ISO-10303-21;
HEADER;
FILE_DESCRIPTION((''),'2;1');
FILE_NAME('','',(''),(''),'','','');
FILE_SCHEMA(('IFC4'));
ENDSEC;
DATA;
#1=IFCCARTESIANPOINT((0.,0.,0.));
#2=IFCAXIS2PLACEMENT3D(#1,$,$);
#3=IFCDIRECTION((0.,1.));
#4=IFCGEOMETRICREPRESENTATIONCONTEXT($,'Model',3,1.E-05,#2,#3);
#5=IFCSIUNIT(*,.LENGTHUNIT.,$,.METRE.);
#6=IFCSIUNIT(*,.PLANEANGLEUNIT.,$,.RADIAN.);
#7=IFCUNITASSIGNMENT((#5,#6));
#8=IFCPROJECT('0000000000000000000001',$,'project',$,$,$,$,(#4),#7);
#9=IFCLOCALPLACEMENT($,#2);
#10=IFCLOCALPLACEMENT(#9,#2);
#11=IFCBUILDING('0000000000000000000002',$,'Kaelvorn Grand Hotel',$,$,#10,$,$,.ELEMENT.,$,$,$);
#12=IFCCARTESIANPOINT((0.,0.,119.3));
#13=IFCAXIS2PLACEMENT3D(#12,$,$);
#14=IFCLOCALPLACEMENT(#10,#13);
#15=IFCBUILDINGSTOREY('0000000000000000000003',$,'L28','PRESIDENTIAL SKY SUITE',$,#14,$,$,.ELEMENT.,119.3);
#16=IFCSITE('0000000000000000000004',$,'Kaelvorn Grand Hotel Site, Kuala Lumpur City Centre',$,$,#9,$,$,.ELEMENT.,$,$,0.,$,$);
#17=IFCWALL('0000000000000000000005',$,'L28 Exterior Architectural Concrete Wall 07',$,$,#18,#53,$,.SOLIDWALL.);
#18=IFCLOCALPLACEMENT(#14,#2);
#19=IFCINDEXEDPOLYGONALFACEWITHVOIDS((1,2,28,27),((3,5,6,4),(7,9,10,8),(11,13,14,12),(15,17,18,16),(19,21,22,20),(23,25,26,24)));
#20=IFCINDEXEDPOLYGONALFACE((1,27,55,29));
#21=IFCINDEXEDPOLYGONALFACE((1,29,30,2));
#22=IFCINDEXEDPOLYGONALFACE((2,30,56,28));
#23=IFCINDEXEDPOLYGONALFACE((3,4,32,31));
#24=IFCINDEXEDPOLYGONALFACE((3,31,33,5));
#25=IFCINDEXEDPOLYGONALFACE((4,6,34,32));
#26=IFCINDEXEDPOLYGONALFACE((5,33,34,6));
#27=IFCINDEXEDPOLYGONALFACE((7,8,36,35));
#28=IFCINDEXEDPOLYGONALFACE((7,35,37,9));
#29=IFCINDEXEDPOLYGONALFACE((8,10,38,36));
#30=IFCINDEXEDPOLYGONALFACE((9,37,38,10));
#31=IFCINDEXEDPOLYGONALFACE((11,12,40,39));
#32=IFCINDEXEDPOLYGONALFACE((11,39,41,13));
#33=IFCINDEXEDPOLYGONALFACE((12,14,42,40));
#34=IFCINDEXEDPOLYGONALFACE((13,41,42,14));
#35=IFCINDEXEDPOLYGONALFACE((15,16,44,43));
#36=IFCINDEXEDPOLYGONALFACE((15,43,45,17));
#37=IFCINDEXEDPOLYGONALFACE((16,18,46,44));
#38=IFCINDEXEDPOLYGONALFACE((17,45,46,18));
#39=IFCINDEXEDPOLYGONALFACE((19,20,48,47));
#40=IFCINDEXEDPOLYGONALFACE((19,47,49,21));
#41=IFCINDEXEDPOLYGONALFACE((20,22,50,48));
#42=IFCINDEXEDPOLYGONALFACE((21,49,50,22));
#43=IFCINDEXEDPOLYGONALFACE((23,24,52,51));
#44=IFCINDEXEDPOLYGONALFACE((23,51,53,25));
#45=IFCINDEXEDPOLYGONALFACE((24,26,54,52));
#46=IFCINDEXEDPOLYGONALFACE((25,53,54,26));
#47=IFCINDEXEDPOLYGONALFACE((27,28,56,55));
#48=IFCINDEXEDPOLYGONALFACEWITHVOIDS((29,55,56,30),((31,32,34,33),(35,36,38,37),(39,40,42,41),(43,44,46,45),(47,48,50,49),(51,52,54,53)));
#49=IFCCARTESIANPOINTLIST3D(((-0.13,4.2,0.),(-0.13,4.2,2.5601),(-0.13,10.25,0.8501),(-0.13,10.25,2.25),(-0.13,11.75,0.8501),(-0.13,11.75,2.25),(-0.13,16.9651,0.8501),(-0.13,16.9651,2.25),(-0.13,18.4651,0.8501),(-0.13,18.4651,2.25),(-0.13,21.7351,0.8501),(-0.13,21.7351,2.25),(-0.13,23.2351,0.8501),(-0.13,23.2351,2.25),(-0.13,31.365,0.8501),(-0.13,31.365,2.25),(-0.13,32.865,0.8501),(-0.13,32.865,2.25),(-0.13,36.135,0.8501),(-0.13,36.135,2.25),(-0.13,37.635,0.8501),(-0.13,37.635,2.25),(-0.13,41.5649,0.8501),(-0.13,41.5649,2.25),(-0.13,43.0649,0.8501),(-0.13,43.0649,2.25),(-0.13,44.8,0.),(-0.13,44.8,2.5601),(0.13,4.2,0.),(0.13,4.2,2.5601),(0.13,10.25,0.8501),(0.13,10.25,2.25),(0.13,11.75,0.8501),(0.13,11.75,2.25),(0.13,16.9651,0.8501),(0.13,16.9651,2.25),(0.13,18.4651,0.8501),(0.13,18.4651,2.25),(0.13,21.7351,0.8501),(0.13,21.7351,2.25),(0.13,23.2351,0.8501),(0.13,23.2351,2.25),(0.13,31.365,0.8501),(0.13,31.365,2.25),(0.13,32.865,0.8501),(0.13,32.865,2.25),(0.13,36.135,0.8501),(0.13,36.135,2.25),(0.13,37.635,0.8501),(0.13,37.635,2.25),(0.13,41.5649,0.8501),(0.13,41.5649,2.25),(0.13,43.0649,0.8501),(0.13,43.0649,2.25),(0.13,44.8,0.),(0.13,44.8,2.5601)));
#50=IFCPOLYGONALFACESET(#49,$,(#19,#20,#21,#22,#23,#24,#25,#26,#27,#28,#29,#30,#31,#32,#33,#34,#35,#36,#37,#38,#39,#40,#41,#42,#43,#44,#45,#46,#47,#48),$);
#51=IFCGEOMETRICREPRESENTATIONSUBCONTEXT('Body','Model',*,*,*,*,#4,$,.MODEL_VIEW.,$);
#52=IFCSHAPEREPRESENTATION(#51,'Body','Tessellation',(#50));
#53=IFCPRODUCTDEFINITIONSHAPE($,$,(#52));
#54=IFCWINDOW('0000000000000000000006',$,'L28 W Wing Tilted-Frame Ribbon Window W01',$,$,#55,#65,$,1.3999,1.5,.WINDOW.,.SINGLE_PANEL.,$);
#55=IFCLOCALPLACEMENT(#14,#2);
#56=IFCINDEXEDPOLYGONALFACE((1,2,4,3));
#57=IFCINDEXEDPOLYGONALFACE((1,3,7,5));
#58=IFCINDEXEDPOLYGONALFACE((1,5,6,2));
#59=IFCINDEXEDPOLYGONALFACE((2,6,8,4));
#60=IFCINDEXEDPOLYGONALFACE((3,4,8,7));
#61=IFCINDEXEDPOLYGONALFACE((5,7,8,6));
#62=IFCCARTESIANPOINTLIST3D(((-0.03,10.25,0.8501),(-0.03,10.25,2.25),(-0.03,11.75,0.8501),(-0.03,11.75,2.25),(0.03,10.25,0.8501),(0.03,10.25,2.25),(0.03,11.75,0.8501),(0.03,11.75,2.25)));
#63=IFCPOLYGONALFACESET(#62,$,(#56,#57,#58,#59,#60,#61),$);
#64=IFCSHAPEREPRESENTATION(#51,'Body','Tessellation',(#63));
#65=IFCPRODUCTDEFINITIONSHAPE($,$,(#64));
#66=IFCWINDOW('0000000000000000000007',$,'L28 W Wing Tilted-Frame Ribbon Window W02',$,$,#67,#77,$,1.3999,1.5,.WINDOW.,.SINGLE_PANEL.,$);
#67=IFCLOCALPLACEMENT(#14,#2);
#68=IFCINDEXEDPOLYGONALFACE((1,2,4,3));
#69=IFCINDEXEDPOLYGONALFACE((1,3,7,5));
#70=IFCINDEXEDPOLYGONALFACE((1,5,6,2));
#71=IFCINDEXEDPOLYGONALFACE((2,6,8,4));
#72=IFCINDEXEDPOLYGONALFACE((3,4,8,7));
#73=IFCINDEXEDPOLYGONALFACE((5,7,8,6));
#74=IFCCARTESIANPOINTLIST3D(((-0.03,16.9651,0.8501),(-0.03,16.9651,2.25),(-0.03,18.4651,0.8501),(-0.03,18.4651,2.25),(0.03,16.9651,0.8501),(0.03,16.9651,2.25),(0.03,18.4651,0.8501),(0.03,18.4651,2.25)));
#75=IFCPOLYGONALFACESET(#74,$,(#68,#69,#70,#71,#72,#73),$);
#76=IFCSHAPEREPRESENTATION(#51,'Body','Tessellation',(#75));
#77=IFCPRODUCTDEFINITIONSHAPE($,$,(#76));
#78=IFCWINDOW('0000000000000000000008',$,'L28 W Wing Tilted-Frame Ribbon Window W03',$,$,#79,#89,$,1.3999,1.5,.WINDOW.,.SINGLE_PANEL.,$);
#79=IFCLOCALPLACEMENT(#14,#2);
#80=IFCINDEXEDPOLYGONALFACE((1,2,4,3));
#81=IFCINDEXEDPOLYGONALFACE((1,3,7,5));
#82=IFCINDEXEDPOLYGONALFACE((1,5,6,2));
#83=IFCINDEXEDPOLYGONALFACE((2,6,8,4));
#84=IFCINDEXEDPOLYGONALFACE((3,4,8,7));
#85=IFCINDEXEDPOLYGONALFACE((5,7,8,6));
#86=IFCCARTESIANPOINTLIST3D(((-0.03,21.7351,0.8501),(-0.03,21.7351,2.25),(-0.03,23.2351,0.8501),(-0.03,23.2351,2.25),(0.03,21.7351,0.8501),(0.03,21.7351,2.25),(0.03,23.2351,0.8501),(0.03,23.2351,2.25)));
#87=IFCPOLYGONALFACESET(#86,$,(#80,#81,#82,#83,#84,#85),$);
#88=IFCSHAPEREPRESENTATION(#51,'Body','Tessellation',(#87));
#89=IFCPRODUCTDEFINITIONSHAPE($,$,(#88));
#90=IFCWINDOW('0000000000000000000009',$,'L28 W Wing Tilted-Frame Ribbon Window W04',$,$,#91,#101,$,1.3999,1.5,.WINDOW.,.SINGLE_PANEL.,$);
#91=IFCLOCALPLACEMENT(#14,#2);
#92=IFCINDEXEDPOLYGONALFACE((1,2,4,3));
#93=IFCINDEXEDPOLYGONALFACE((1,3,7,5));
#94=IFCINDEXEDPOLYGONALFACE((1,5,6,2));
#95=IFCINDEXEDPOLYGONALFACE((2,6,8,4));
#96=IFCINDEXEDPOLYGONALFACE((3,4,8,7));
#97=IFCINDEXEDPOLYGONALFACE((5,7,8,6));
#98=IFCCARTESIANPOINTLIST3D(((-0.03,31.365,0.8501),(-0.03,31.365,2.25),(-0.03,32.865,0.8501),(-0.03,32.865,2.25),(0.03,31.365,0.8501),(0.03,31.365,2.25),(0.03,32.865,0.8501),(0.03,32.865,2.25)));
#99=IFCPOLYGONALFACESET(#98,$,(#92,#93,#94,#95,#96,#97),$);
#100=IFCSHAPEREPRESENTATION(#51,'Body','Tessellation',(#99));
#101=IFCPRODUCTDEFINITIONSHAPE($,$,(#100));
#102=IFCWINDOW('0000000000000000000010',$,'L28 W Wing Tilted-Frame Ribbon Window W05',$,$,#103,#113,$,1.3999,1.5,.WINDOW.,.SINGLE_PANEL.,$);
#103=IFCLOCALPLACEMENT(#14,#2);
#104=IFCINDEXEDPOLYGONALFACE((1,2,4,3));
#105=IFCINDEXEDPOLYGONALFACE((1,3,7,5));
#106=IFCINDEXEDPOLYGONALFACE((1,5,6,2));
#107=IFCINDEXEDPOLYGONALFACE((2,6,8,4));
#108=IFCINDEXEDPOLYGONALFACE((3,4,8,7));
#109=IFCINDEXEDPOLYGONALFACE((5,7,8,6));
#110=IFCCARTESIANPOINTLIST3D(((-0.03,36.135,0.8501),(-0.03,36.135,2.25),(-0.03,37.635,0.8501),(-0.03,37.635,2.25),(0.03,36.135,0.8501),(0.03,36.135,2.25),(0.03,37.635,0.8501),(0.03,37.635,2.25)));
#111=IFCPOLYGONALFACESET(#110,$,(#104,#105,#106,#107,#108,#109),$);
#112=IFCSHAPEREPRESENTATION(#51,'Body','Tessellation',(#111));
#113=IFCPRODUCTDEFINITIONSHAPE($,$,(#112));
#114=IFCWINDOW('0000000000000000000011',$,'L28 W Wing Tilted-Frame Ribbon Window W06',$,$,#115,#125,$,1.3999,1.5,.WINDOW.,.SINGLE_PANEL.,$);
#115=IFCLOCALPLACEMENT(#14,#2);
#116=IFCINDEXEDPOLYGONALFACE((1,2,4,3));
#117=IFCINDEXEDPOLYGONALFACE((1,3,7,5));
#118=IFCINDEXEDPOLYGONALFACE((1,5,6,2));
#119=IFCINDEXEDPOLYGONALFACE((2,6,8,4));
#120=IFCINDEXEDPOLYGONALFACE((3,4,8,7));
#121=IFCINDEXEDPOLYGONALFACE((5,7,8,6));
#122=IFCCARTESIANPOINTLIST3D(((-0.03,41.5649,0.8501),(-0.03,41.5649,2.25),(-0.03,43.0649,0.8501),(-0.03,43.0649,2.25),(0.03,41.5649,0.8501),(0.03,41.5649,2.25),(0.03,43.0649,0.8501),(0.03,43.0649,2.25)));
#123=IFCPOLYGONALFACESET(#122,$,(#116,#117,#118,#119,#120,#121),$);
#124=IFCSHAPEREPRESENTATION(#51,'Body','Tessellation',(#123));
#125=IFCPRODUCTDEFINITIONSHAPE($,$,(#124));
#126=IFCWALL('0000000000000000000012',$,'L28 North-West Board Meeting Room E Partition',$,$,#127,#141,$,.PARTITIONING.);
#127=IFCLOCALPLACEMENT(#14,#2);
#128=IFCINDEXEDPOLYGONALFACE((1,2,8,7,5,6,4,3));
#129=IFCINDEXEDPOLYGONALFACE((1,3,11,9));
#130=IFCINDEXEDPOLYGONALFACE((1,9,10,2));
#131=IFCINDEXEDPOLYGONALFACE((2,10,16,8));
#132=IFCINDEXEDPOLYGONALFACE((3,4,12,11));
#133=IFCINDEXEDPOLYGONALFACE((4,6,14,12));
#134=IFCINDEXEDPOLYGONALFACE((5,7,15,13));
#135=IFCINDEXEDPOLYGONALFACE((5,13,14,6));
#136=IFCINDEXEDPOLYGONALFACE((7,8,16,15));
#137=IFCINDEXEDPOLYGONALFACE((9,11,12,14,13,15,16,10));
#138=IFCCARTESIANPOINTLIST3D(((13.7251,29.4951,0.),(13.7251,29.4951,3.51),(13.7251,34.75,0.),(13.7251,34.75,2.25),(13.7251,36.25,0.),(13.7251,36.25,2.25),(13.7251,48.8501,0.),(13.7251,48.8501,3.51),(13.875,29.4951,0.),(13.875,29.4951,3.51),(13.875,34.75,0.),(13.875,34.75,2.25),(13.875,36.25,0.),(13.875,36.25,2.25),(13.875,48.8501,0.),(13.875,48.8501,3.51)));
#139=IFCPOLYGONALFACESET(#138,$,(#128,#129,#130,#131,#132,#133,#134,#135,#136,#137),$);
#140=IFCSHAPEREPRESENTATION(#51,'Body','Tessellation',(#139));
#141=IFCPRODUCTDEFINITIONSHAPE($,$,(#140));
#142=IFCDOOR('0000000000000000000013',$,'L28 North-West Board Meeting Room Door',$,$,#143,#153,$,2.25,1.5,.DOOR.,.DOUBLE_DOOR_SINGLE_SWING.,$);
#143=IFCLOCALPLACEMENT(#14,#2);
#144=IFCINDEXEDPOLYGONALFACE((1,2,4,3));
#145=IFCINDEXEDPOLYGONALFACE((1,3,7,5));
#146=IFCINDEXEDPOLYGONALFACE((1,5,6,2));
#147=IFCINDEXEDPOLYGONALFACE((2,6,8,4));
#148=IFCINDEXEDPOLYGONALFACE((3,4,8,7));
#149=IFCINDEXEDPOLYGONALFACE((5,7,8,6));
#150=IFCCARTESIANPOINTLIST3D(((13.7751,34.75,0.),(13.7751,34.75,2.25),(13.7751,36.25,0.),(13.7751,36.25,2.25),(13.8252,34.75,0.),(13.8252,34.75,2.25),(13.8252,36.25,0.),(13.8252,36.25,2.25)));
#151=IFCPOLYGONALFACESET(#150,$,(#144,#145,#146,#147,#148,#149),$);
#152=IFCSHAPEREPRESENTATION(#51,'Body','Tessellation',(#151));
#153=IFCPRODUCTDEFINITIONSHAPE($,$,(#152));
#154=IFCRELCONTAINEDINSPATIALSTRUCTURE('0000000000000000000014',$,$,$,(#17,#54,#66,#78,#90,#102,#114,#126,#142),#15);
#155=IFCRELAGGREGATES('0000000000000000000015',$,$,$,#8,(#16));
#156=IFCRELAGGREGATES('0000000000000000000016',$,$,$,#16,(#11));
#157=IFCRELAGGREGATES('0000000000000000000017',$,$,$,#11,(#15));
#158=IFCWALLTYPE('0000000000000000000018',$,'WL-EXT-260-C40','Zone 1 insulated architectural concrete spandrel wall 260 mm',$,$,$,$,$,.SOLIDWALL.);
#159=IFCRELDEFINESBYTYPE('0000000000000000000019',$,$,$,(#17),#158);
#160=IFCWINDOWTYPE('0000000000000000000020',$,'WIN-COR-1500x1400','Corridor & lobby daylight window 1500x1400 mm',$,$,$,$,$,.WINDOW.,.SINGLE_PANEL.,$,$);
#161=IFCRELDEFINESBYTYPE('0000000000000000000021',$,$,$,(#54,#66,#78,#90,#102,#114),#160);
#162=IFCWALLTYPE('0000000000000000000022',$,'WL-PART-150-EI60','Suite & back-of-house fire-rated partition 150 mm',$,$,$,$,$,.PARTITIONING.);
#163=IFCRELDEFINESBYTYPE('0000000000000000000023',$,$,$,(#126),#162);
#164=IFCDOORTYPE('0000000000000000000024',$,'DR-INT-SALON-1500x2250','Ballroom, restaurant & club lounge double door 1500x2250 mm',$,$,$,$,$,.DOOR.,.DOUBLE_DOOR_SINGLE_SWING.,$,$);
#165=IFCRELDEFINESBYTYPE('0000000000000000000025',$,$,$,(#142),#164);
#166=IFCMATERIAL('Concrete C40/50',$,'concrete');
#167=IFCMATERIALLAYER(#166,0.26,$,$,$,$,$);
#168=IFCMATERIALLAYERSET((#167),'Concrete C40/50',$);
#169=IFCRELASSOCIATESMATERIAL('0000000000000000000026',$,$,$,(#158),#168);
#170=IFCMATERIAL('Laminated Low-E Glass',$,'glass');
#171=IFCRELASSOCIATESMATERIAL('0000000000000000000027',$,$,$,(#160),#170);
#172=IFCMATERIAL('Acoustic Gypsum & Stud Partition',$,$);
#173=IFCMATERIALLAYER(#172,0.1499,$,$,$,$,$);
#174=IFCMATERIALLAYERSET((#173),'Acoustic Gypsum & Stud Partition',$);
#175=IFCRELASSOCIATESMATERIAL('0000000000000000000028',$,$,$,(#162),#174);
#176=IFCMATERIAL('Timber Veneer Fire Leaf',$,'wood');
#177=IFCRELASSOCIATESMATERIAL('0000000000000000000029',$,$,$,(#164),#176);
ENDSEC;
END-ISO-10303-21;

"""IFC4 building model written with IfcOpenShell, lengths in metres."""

from ifc_helpers import new_model, si_unit, direction, frame, frame_2d, origin, place, context, subcontext, project, spatial, rectangle, extrude, material, layer, layer_set, type_object, element, fill, save


model = new_model("IFC4")

# Units and contexts
model_context = context("Model", 3, precision=1e-05, world=origin(), true_north=direction((0.0, 1.0)))
body_context = subcontext(model_context, "Body", "Model", "MODEL_VIEW")
ifc_project = project(units=[si_unit("LENGTHUNIT", "METRE"), si_unit("PLANEANGLEUNIT", "RADIAN")], contexts=[model_context])

# Site, building, storey
site_placement = place(None, origin())
site = spatial("IfcSite", under=ifc_project, at=site_placement, Name="Kaelvorn Grand Hotel Site, Kuala Lumpur City Centre", CompositionType="ELEMENT", RefElevation=0.0)
building_placement = place(site_placement, origin())
building = spatial("IfcBuilding", under=site, at=building_placement, Name="Kaelvorn Grand Hotel", CompositionType="ELEMENT")
storey_placement = place(building_placement, frame((0.0, 0.0, 119.3)))
storey = spatial("IfcBuildingStorey", under=building, at=storey_placement, Name="L28", Description="PRESIDENTIAL SKY SUITE", CompositionType="ELEMENT", Elevation=119.3)

# Shared definitions
ifc_material_1 = material(Name="Concrete C40/50", Category="concrete")
ifc_layer_1 = layer(ifc_material_1, 0.26)
ifc_layer_set_1 = layer_set([ifc_layer_1], Name="Concrete C40/50")
wall_type_1 = type_object("IfcWallType", Name="WL-EXT-260-C40", Description="Zone 1 insulated architectural concrete spandrel wall 260 mm", PredefinedType="SOLIDWALL", material=ifc_layer_set_1)

# Wall, openings, windows
wall_1_placement = place(storey_placement, frame((0.0, 44.8, 0.0), z_axis=(0.0, 0.0, 1.0), x_axis=(0.0, -1.0, 0.0)))
wall_1 = element("IfcWall", 1, at=wall_1_placement, inside=storey, type_object=wall_type_1, Name="L28 Exterior Architectural Concrete Wall 07", PredefinedType="SOLIDWALL", context=body_context, shape_type="SweptSolid", body=[
    extrude(rectangle(XDim=40.6001, YDim=0.26, at=frame_2d((20.3, 0.0))), origin(), (0.0, 0.0, 1.0), 2.5601),
])
opening_1_placement = place(wall_1_placement, frame((33.05, 0.0, 0.8501)))
opening_1 = element("IfcOpeningElement", 2, at=opening_1_placement, cuts=wall_1, PredefinedType="OPENING", context=body_context, shape_type="SweptSolid", body=[
    extrude(rectangle(XDim=1.5, YDim=1.3999, at=frame_2d((0.75, 0.7))), frame((0.0, 0.1401, 0.0), z_axis=(0.0, -1.0, 0.0), x_axis=(1.0, 0.0, 0.0)), (0.0, 0.0, 1.0), 0.28),
])
opening_2_placement = place(wall_1_placement, frame((26.335, 0.0, 0.8501)))
opening_2 = element("IfcOpeningElement", 3, at=opening_2_placement, cuts=wall_1, PredefinedType="OPENING", context=body_context, shape_type="SweptSolid", body=[
    extrude(rectangle(XDim=1.5, YDim=1.3999, at=frame_2d((0.75, 0.7))), frame((0.0, 0.1401, 0.0), z_axis=(0.0, -1.0, 0.0), x_axis=(1.0, 0.0, 0.0)), (0.0, 0.0, 1.0), 0.28),
])
opening_3_placement = place(wall_1_placement, frame((21.5649, 0.0, 0.8501)))
opening_3 = element("IfcOpeningElement", 4, at=opening_3_placement, cuts=wall_1, PredefinedType="OPENING", context=body_context, shape_type="SweptSolid", body=[
    extrude(rectangle(XDim=1.5, YDim=1.3999, at=frame_2d((0.75, 0.7))), frame((0.0, 0.1401, 0.0), z_axis=(0.0, -1.0, 0.0), x_axis=(1.0, 0.0, 0.0)), (0.0, 0.0, 1.0), 0.28),
])
opening_4_placement = place(wall_1_placement, frame((11.9351, 0.0, 0.8501)))
opening_4 = element("IfcOpeningElement", 5, at=opening_4_placement, cuts=wall_1, PredefinedType="OPENING", context=body_context, shape_type="SweptSolid", body=[
    extrude(rectangle(XDim=1.5, YDim=1.3999, at=frame_2d((0.75, 0.7))), frame((0.0, 0.1401, 0.0), z_axis=(0.0, -1.0, 0.0), x_axis=(1.0, 0.0, 0.0)), (0.0, 0.0, 1.0), 0.28),
])
opening_5_placement = place(wall_1_placement, frame((7.165, 0.0, 0.8501)))
opening_5 = element("IfcOpeningElement", 6, at=opening_5_placement, cuts=wall_1, PredefinedType="OPENING", context=body_context, shape_type="SweptSolid", body=[
    extrude(rectangle(XDim=1.5, YDim=1.3999, at=frame_2d((0.75, 0.7))), frame((0.0, 0.1401, 0.0), z_axis=(0.0, -1.0, 0.0), x_axis=(1.0, 0.0, 0.0)), (0.0, 0.0, 1.0), 0.28),
])
opening_6_placement = place(wall_1_placement, frame((1.7351, 0.0, 0.8501)))
opening_6 = element("IfcOpeningElement", 7, at=opening_6_placement, cuts=wall_1, PredefinedType="OPENING", context=body_context, shape_type="SweptSolid", body=[
    extrude(rectangle(XDim=1.5, YDim=1.3999, at=frame_2d((0.75, 0.7))), frame((0.0, 0.1401, 0.0), z_axis=(0.0, -1.0, 0.0), x_axis=(1.0, 0.0, 0.0)), (0.0, 0.0, 1.0), 0.28),
])
ifc_material_2 = material(Name="Laminated Low-E Glass", Category="glass")
window_type = type_object("IfcWindowType", Name="WIN-COR-1500x1400", Description="Corridor & lobby daylight window 1500x1400 mm", PartitioningType="SINGLE_PANEL", PredefinedType="WINDOW", material=ifc_material_2)
window_1_placement = place(opening_1_placement, origin())
window_1 = element("IfcWindow", 8, at=window_1_placement, inside=storey, type_object=window_type, Name="L28 W Wing Tilted-Frame Ribbon Window W01", OverallHeight=1.3999, OverallWidth=1.5, PartitioningType="SINGLE_PANEL", PredefinedType="WINDOW", context=body_context, shape_type="SweptSolid", body=[
    extrude(rectangle(XDim=1.5, YDim=1.3999, at=frame_2d((0.75, 0.7))), frame((0.0, 0.03, 0.0), z_axis=(0.0, -1.0, 0.0), x_axis=(1.0, 0.0, 0.0)), (0.0, 0.0, 1.0), 0.0601),
])
fill(opening_1, window_1)
window_2_placement = place(opening_2_placement, origin())
window_2 = element("IfcWindow", 9, at=window_2_placement, inside=storey, type_object=window_type, Name="L28 W Wing Tilted-Frame Ribbon Window W02", OverallHeight=1.3999, OverallWidth=1.5, PartitioningType="SINGLE_PANEL", PredefinedType="WINDOW", context=body_context, shape_type="SweptSolid", body=[
    extrude(rectangle(XDim=1.5, YDim=1.3999, at=frame_2d((0.75, 0.7))), frame((0.0, 0.03, 0.0), z_axis=(0.0, -1.0, 0.0), x_axis=(1.0, 0.0, 0.0)), (0.0, 0.0, 1.0), 0.0601),
])
fill(opening_2, window_2)
window_3_placement = place(opening_3_placement, origin())
window_3 = element("IfcWindow", 10, at=window_3_placement, inside=storey, type_object=window_type, Name="L28 W Wing Tilted-Frame Ribbon Window W03", OverallHeight=1.3999, OverallWidth=1.5, PartitioningType="SINGLE_PANEL", PredefinedType="WINDOW", context=body_context, shape_type="SweptSolid", body=[
    extrude(rectangle(XDim=1.5, YDim=1.3999, at=frame_2d((0.75, 0.7))), frame((0.0, 0.03, 0.0), z_axis=(0.0, -1.0, 0.0), x_axis=(1.0, 0.0, 0.0)), (0.0, 0.0, 1.0), 0.0601),
])
fill(opening_3, window_3)
window_4_placement = place(opening_4_placement, origin())
window_4 = element("IfcWindow", 11, at=window_4_placement, inside=storey, type_object=window_type, Name="L28 W Wing Tilted-Frame Ribbon Window W04", OverallHeight=1.3999, OverallWidth=1.5, PartitioningType="SINGLE_PANEL", PredefinedType="WINDOW", context=body_context, shape_type="SweptSolid", body=[
    extrude(rectangle(XDim=1.5, YDim=1.3999, at=frame_2d((0.75, 0.7))), frame((0.0, 0.03, 0.0), z_axis=(0.0, -1.0, 0.0), x_axis=(1.0, 0.0, 0.0)), (0.0, 0.0, 1.0), 0.0601),
])
fill(opening_4, window_4)
window_5_placement = place(opening_5_placement, origin())
window_5 = element("IfcWindow", 12, at=window_5_placement, inside=storey, type_object=window_type, Name="L28 W Wing Tilted-Frame Ribbon Window W05", OverallHeight=1.3999, OverallWidth=1.5, PartitioningType="SINGLE_PANEL", PredefinedType="WINDOW", context=body_context, shape_type="SweptSolid", body=[
    extrude(rectangle(XDim=1.5, YDim=1.3999, at=frame_2d((0.75, 0.7))), frame((0.0, 0.03, 0.0), z_axis=(0.0, -1.0, 0.0), x_axis=(1.0, 0.0, 0.0)), (0.0, 0.0, 1.0), 0.0601),
])
fill(opening_5, window_5)
window_6_placement = place(opening_6_placement, origin())
window_6 = element("IfcWindow", 13, at=window_6_placement, inside=storey, type_object=window_type, Name="L28 W Wing Tilted-Frame Ribbon Window W06", OverallHeight=1.3999, OverallWidth=1.5, PartitioningType="SINGLE_PANEL", PredefinedType="WINDOW", context=body_context, shape_type="SweptSolid", body=[
    extrude(rectangle(XDim=1.5, YDim=1.3999, at=frame_2d((0.75, 0.7))), frame((0.0, 0.03, 0.0), z_axis=(0.0, -1.0, 0.0), x_axis=(1.0, 0.0, 0.0)), (0.0, 0.0, 1.0), 0.0601),
])
fill(opening_6, window_6)

# Wall, opening, door
ifc_material_3 = material(Name="Acoustic Gypsum & Stud Partition")
ifc_layer_2 = layer(ifc_material_3, 0.1499)
ifc_layer_set_2 = layer_set([ifc_layer_2], Name="Acoustic Gypsum & Stud Partition")
wall_type_2 = type_object("IfcWallType", Name="WL-PART-150-EI60", Description="Suite & back-of-house fire-rated partition 150 mm", PredefinedType="PARTITIONING", material=ifc_layer_set_2)
wall_2_placement = place(storey_placement, frame((13.8, 29.4951, 0.0), z_axis=(0.0, 0.0, 1.0), x_axis=(0.0, 1.0, 0.0)))
wall_2 = element("IfcWall", 14, at=wall_2_placement, inside=storey, type_object=wall_type_2, Name="L28 North-West Board Meeting Room E Partition", PredefinedType="PARTITIONING", context=body_context, shape_type="SweptSolid", body=[
    extrude(rectangle(XDim=19.355, YDim=0.1499, at=frame_2d((9.6775, 0.0))), origin(), (0.0, 0.0, 1.0), 3.51),
])
opening_7_placement = place(wall_2_placement, frame((5.2549, 0.0, 0.0)))
opening_7 = element("IfcOpeningElement", 15, at=opening_7_placement, cuts=wall_2, PredefinedType="OPENING", context=body_context, shape_type="SweptSolid", body=[
    extrude(rectangle(XDim=1.5, YDim=2.25, at=frame_2d((0.75, 1.125))), frame((0.0, 0.085, 0.0), z_axis=(0.0, -1.0, 0.0), x_axis=(1.0, 0.0, 0.0)), (0.0, 0.0, 1.0), 0.1699),
])
ifc_material_4 = material(Name="Timber Veneer Fire Leaf", Category="wood")
door_type = type_object("IfcDoorType", Name="DR-INT-SALON-1500x2250", Description="Ballroom, restaurant & club lounge double door 1500x2250 mm", OperationType="DOUBLE_DOOR_SINGLE_SWING", PredefinedType="DOOR", material=ifc_material_4)
door_placement = place(opening_7_placement, origin())
door = element("IfcDoor", 16, at=door_placement, inside=storey, type_object=door_type, Name="L28 North-West Board Meeting Room Door", OperationType="DOUBLE_DOOR_SINGLE_SWING", OverallHeight=2.25, OverallWidth=1.5, PredefinedType="DOOR", context=body_context, shape_type="SweptSolid", body=[
    extrude(rectangle(XDim=1.5, YDim=2.25, at=frame_2d((0.75, 1.125))), frame((0.0, 0.0249, 0.0), z_axis=(0.0, -1.0, 0.0), x_axis=(1.0, 0.0, 0.0)), (0.0, 0.0, 1.0), 0.05),
])
fill(opening_7, door)

save(model, "model.ifc")
